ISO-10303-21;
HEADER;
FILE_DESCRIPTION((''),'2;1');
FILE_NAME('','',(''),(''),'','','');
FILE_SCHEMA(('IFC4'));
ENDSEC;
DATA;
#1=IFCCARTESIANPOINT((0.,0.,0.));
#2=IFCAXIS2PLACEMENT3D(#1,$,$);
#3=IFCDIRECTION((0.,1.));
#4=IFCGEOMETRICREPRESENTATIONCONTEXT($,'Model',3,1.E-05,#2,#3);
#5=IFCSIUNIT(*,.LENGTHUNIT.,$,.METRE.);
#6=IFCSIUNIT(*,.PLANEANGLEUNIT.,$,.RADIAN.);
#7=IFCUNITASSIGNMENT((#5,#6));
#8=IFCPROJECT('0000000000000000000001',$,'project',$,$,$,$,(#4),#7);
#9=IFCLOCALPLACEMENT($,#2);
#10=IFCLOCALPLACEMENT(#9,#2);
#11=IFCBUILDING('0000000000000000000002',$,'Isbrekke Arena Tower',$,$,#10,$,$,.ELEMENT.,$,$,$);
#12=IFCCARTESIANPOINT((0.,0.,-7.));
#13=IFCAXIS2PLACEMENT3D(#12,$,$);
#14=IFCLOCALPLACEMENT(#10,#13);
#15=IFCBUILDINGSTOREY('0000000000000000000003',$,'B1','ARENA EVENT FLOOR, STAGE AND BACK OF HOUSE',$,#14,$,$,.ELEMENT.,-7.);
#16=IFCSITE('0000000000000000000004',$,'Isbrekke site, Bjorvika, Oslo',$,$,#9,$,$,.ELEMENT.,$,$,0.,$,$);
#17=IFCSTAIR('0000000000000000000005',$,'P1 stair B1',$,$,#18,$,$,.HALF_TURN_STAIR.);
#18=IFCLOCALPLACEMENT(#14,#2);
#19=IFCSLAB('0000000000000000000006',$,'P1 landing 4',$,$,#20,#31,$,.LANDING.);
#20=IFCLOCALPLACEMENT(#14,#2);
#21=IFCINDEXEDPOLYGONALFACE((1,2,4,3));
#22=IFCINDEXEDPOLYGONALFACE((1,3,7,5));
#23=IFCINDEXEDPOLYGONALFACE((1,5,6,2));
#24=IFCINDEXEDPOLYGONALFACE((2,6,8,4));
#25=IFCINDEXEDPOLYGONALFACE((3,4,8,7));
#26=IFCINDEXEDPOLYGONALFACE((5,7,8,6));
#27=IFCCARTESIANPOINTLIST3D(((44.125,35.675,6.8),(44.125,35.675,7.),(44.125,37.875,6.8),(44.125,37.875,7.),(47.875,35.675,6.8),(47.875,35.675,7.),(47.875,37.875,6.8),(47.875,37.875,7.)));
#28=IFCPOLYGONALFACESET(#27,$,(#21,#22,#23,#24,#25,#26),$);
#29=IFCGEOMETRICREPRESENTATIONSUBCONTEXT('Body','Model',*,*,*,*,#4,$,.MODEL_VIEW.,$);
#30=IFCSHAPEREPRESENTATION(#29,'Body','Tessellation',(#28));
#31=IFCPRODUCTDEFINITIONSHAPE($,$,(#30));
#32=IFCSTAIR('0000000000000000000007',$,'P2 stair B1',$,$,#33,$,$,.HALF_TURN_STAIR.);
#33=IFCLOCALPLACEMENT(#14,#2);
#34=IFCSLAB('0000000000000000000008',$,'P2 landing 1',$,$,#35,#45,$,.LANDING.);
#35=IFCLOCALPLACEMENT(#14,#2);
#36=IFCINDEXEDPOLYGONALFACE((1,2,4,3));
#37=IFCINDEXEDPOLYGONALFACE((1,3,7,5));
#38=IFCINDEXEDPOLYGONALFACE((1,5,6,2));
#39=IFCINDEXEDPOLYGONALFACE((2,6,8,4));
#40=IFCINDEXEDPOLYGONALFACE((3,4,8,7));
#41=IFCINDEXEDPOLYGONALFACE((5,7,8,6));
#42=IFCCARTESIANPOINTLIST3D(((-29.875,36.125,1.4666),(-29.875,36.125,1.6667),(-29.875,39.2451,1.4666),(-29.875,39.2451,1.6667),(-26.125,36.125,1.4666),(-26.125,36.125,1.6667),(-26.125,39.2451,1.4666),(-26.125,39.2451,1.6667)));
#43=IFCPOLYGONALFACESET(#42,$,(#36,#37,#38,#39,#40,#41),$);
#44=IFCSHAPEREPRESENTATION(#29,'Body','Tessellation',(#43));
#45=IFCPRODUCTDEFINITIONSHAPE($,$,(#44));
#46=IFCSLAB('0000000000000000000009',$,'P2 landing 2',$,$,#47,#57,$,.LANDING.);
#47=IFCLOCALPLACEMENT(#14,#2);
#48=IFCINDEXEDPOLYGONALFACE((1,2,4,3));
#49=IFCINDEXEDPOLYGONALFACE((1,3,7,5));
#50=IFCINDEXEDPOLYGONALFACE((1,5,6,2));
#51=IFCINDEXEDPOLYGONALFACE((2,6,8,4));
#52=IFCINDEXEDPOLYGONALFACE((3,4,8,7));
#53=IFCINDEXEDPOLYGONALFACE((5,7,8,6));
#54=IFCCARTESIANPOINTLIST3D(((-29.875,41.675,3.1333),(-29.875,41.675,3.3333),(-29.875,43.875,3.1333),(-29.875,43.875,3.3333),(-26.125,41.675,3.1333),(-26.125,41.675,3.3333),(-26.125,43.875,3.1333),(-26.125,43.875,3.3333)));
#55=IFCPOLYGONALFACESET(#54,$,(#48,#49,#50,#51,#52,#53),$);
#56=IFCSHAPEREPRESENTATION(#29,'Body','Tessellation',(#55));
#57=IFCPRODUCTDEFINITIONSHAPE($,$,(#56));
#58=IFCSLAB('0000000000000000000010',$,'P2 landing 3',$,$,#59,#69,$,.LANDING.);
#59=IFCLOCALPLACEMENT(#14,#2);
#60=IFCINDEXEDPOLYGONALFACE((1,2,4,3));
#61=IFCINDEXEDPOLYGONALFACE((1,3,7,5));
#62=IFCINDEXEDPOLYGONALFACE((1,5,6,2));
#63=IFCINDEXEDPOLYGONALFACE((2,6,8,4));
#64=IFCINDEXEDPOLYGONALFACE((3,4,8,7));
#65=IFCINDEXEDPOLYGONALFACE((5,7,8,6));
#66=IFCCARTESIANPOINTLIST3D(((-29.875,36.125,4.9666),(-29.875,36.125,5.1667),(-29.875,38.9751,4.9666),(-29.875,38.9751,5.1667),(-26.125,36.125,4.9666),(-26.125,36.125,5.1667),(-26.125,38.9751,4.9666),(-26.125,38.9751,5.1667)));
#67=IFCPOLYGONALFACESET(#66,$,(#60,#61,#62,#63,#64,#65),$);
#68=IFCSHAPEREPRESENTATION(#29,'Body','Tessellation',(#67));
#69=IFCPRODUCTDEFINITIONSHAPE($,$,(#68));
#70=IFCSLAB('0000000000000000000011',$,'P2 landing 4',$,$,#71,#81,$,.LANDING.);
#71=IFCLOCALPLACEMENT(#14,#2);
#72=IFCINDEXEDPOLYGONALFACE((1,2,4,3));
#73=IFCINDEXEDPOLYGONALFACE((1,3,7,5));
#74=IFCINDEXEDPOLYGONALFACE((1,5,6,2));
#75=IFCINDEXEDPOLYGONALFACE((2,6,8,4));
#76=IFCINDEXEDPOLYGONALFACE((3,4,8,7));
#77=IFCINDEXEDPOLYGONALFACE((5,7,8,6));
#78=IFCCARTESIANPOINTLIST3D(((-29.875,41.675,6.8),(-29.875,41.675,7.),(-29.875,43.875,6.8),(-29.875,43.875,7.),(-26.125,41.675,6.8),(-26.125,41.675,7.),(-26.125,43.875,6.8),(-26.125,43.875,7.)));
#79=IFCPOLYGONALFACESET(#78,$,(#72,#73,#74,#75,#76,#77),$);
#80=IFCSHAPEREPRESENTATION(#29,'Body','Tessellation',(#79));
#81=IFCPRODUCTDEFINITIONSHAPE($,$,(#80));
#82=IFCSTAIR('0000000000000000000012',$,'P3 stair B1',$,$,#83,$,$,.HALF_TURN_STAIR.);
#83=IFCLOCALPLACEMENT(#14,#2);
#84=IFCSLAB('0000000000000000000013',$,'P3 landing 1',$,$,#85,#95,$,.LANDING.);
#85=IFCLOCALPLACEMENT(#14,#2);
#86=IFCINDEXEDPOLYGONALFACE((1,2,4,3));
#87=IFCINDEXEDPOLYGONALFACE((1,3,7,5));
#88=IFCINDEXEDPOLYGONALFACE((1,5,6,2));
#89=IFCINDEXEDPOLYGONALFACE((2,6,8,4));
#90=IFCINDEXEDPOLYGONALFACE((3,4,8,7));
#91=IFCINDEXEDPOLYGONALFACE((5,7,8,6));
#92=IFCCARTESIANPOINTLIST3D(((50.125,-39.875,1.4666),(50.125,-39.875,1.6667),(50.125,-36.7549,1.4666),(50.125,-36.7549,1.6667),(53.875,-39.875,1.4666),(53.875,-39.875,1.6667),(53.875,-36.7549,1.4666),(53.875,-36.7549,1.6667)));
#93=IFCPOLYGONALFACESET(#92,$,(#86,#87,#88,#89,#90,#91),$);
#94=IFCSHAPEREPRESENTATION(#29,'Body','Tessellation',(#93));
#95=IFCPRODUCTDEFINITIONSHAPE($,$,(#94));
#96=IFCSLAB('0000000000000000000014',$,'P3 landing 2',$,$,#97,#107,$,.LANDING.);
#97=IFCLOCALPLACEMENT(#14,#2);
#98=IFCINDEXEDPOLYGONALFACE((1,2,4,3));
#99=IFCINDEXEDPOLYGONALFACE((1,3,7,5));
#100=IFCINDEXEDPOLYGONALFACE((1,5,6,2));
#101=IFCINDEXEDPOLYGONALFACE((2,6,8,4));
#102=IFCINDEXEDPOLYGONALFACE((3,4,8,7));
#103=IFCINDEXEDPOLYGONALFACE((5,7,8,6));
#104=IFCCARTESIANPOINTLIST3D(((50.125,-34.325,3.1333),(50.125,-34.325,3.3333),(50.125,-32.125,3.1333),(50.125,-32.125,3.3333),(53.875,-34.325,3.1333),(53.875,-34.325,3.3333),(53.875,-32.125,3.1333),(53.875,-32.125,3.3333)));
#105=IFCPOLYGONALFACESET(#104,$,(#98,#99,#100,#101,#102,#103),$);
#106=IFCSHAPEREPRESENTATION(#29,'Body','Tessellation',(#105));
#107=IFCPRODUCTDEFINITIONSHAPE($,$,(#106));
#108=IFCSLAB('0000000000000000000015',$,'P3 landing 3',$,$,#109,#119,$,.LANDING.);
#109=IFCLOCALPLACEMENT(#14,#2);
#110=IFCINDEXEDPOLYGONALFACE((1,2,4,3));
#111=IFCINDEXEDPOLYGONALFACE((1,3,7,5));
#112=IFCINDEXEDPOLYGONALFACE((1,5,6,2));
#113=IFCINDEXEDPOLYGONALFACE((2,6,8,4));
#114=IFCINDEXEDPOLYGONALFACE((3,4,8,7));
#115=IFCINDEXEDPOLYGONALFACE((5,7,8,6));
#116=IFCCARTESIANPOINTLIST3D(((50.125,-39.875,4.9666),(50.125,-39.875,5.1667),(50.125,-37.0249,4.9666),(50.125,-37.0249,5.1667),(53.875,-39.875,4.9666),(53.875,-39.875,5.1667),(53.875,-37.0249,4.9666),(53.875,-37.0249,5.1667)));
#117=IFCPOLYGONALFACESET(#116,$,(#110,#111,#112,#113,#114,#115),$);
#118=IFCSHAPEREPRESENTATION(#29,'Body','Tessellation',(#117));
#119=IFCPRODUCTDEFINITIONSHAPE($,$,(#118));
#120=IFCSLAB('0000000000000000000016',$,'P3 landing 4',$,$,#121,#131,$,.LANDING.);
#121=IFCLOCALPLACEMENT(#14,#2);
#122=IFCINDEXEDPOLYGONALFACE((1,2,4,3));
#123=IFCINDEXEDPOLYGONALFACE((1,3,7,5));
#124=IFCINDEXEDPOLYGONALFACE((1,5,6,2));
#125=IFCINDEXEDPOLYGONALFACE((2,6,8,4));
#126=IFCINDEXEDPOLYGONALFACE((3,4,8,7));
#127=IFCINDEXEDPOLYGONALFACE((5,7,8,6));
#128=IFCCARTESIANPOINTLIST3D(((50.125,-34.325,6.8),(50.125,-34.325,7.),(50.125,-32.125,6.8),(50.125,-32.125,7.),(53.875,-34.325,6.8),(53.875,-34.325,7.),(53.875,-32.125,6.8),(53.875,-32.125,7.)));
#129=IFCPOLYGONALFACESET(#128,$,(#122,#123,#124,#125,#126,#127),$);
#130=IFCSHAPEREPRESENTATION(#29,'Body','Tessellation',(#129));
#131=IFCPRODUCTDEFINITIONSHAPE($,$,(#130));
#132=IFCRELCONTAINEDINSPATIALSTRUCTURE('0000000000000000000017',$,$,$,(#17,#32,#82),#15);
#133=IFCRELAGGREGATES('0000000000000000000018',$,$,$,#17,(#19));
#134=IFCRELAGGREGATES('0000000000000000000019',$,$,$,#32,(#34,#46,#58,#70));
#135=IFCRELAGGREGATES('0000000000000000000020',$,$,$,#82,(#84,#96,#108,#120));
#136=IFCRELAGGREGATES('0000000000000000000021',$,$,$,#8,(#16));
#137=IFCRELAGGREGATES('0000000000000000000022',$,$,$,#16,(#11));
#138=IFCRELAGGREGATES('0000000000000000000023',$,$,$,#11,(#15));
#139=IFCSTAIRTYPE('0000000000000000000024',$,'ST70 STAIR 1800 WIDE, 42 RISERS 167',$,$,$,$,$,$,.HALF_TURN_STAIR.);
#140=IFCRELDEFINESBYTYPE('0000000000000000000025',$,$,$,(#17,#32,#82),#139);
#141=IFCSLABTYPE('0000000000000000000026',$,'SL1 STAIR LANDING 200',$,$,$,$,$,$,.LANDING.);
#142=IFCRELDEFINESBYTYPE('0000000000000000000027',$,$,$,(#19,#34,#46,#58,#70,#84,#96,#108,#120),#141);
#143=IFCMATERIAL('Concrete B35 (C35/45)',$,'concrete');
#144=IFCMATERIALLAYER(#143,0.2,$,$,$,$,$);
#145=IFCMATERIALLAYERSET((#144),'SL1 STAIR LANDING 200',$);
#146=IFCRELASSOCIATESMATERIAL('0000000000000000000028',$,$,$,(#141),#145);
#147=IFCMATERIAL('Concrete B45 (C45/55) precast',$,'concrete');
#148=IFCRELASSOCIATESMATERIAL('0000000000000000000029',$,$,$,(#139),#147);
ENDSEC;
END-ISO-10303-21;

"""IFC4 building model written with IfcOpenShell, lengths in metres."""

from ifc_helpers import new_model, si_unit, direction, frame, origin, place, context, subcontext, project, spatial, polyline, outline, extrude, material, layer, layer_set, type_object, element, aggregate, save


model = new_model("IFC4")

# Units and contexts
model_context = context("Model", 3, precision=1e-05, world=origin(), true_north=direction((0.0, 1.0)))
body_context = subcontext(model_context, "Body", "Model", "MODEL_VIEW")
ifc_project = project(units=[si_unit("LENGTHUNIT", "METRE"), si_unit("PLANEANGLEUNIT", "RADIAN")], contexts=[model_context])

# Site, building, storey
site_placement = place(None, origin())
site = spatial("IfcSite", under=ifc_project, at=site_placement, Name="Isbrekke site, Bjorvika, Oslo", CompositionType="ELEMENT", RefElevation=0.0)
building_placement = place(site_placement, origin())
building = spatial("IfcBuilding", under=site, at=building_placement, Name="Isbrekke Arena Tower", CompositionType="ELEMENT")
storey_placement = place(building_placement, frame((0.0, 0.0, -7.0)))
storey = spatial("IfcBuildingStorey", under=building, at=storey_placement, Name="B1", Description="ARENA EVENT FLOOR, STAGE AND BACK OF HOUSE", CompositionType="ELEMENT", Elevation=-7.0)

# Stairs, slabs
ifc_material_1 = material(Name="Concrete B35 (C35/45)", Category="concrete")
ifc_layer_1 = layer(ifc_material_1, 0.2)
ifc_layer_set_1 = layer_set([ifc_layer_1], Name="SL1 STAIR LANDING 200")
slab_type_1 = type_object("IfcSlabType", Name="SL1 STAIR LANDING 200", PredefinedType="LANDING", material=ifc_layer_set_1)
ifc_material_2 = material(Name="Concrete B45 (C45/55) precast", Category="concrete")
stair_type_1 = type_object("IfcStairType", Name="ST70 STAIR 1800 WIDE, 42 RISERS 167", PredefinedType="HALF_TURN_STAIR", material=ifc_material_2)
stair_1_placement = place(storey_placement, origin())
stair_1 = element("IfcStair", 1, at=stair_1_placement, inside=storey, type_object=stair_type_1, Name="P1 stair B1", PredefinedType="HALF_TURN_STAIR")
slab_1_placement = place(storey_placement, frame((0.0, 0.0, 6.8)))
slab_1 = element("IfcSlab", 2, at=slab_1_placement, type_object=slab_type_1, Name="P1 landing 4", PredefinedType="LANDING", context=body_context, shape_type="SweptSolid", body=[
    extrude(outline(polyline([(44.125, 35.675), (47.875, 35.675), (47.875, 37.875), (44.125, 37.875), (44.125, 35.675)])), origin(), (0.0, 0.0, 1.0), 0.2),
])
aggregate(stair_1, [slab_1])
stair_2_placement = place(storey_placement, origin())
stair_2 = element("IfcStair", 3, at=stair_2_placement, inside=storey, type_object=stair_type_1, Name="P2 stair B1", PredefinedType="HALF_TURN_STAIR")
slab_2_placement = place(storey_placement, frame((0.0, 0.0, 1.4666)))
slab_2 = element("IfcSlab", 4, at=slab_2_placement, type_object=slab_type_1, Name="P2 landing 1", PredefinedType="LANDING", context=body_context, shape_type="SweptSolid", body=[
    extrude(outline(polyline([(-29.875, 36.125), (-26.125, 36.125), (-26.125, 39.2451), (-29.875, 39.2451), (-29.875, 36.125)])), origin(), (0.0, 0.0, 1.0), 0.2002),
])
slab_3_placement = place(storey_placement, frame((0.0, 0.0, 3.1333)))
slab_3 = element("IfcSlab", 5, at=slab_3_placement, type_object=slab_type_1, Name="P2 landing 2", PredefinedType="LANDING", context=body_context, shape_type="SweptSolid", body=[
    extrude(outline(polyline([(-29.875, 41.675), (-26.125, 41.675), (-26.125, 43.875), (-29.875, 43.875), (-29.875, 41.675)])), origin(), (0.0, 0.0, 1.0), 0.2),
])
slab_4_placement = place(storey_placement, frame((0.0, 0.0, 4.9666)))
slab_4 = element("IfcSlab", 6, at=slab_4_placement, type_object=slab_type_1, Name="P2 landing 3", PredefinedType="LANDING", context=body_context, shape_type="SweptSolid", body=[
    extrude(outline(polyline([(-29.875, 36.125), (-26.125, 36.125), (-26.125, 38.9751), (-29.875, 38.9751), (-29.875, 36.125)])), origin(), (0.0, 0.0, 1.0), 0.2002),
])
slab_5_placement = place(storey_placement, frame((0.0, 0.0, 6.8)))
slab_5 = element("IfcSlab", 7, at=slab_5_placement, type_object=slab_type_1, Name="P2 landing 4", PredefinedType="LANDING", context=body_context, shape_type="SweptSolid", body=[
    extrude(outline(polyline([(-29.875, 41.675), (-26.125, 41.675), (-26.125, 43.875), (-29.875, 43.875), (-29.875, 41.675)])), origin(), (0.0, 0.0, 1.0), 0.2),
])
aggregate(stair_2, [slab_2, slab_3, slab_4, slab_5])
stair_3_placement = place(storey_placement, origin())
stair_3 = element("IfcStair", 8, at=stair_3_placement, inside=storey, type_object=stair_type_1, Name="P3 stair B1", PredefinedType="HALF_TURN_STAIR")
slab_6_placement = place(storey_placement, frame((0.0, 0.0, 1.4666)))
slab_6 = element("IfcSlab", 9, at=slab_6_placement, type_object=slab_type_1, Name="P3 landing 1", PredefinedType="LANDING", context=body_context, shape_type="SweptSolid", body=[
    extrude(outline(polyline([(50.125, -39.875), (53.875, -39.875), (53.875, -36.7549), (50.125, -36.7549), (50.125, -39.875)])), origin(), (0.0, 0.0, 1.0), 0.2002),
])
slab_7_placement = place(storey_placement, frame((0.0, 0.0, 3.1333)))
slab_7 = element("IfcSlab", 10, at=slab_7_placement, type_object=slab_type_1, Name="P3 landing 2", PredefinedType="LANDING", context=body_context, shape_type="SweptSolid", body=[
    extrude(outline(polyline([(50.125, -34.325), (53.875, -34.325), (53.875, -32.125), (50.125, -32.125), (50.125, -34.325)])), origin(), (0.0, 0.0, 1.0), 0.2),
])
slab_8_placement = place(storey_placement, frame((0.0, 0.0, 4.9666)))
slab_8 = element("IfcSlab", 11, at=slab_8_placement, type_object=slab_type_1, Name="P3 landing 3", PredefinedType="LANDING", context=body_context, shape_type="SweptSolid", body=[
    extrude(outline(polyline([(50.125, -39.875), (53.875, -39.875), (53.875, -37.0249), (50.125, -37.0249), (50.125, -39.875)])), origin(), (0.0, 0.0, 1.0), 0.2002),
])
slab_9_placement = place(storey_placement, frame((0.0, 0.0, 6.8)))
slab_9 = element("IfcSlab", 12, at=slab_9_placement, type_object=slab_type_1, Name="P3 landing 4", PredefinedType="LANDING", context=body_context, shape_type="SweptSolid", body=[
    extrude(outline(polyline([(50.125, -34.325), (53.875, -34.325), (53.875, -32.125), (50.125, -32.125), (50.125, -34.325)])), origin(), (0.0, 0.0, 1.0), 0.2),
])
aggregate(stair_3, [slab_6, slab_7, slab_8, slab_9])

save(model, "model.ifc")
